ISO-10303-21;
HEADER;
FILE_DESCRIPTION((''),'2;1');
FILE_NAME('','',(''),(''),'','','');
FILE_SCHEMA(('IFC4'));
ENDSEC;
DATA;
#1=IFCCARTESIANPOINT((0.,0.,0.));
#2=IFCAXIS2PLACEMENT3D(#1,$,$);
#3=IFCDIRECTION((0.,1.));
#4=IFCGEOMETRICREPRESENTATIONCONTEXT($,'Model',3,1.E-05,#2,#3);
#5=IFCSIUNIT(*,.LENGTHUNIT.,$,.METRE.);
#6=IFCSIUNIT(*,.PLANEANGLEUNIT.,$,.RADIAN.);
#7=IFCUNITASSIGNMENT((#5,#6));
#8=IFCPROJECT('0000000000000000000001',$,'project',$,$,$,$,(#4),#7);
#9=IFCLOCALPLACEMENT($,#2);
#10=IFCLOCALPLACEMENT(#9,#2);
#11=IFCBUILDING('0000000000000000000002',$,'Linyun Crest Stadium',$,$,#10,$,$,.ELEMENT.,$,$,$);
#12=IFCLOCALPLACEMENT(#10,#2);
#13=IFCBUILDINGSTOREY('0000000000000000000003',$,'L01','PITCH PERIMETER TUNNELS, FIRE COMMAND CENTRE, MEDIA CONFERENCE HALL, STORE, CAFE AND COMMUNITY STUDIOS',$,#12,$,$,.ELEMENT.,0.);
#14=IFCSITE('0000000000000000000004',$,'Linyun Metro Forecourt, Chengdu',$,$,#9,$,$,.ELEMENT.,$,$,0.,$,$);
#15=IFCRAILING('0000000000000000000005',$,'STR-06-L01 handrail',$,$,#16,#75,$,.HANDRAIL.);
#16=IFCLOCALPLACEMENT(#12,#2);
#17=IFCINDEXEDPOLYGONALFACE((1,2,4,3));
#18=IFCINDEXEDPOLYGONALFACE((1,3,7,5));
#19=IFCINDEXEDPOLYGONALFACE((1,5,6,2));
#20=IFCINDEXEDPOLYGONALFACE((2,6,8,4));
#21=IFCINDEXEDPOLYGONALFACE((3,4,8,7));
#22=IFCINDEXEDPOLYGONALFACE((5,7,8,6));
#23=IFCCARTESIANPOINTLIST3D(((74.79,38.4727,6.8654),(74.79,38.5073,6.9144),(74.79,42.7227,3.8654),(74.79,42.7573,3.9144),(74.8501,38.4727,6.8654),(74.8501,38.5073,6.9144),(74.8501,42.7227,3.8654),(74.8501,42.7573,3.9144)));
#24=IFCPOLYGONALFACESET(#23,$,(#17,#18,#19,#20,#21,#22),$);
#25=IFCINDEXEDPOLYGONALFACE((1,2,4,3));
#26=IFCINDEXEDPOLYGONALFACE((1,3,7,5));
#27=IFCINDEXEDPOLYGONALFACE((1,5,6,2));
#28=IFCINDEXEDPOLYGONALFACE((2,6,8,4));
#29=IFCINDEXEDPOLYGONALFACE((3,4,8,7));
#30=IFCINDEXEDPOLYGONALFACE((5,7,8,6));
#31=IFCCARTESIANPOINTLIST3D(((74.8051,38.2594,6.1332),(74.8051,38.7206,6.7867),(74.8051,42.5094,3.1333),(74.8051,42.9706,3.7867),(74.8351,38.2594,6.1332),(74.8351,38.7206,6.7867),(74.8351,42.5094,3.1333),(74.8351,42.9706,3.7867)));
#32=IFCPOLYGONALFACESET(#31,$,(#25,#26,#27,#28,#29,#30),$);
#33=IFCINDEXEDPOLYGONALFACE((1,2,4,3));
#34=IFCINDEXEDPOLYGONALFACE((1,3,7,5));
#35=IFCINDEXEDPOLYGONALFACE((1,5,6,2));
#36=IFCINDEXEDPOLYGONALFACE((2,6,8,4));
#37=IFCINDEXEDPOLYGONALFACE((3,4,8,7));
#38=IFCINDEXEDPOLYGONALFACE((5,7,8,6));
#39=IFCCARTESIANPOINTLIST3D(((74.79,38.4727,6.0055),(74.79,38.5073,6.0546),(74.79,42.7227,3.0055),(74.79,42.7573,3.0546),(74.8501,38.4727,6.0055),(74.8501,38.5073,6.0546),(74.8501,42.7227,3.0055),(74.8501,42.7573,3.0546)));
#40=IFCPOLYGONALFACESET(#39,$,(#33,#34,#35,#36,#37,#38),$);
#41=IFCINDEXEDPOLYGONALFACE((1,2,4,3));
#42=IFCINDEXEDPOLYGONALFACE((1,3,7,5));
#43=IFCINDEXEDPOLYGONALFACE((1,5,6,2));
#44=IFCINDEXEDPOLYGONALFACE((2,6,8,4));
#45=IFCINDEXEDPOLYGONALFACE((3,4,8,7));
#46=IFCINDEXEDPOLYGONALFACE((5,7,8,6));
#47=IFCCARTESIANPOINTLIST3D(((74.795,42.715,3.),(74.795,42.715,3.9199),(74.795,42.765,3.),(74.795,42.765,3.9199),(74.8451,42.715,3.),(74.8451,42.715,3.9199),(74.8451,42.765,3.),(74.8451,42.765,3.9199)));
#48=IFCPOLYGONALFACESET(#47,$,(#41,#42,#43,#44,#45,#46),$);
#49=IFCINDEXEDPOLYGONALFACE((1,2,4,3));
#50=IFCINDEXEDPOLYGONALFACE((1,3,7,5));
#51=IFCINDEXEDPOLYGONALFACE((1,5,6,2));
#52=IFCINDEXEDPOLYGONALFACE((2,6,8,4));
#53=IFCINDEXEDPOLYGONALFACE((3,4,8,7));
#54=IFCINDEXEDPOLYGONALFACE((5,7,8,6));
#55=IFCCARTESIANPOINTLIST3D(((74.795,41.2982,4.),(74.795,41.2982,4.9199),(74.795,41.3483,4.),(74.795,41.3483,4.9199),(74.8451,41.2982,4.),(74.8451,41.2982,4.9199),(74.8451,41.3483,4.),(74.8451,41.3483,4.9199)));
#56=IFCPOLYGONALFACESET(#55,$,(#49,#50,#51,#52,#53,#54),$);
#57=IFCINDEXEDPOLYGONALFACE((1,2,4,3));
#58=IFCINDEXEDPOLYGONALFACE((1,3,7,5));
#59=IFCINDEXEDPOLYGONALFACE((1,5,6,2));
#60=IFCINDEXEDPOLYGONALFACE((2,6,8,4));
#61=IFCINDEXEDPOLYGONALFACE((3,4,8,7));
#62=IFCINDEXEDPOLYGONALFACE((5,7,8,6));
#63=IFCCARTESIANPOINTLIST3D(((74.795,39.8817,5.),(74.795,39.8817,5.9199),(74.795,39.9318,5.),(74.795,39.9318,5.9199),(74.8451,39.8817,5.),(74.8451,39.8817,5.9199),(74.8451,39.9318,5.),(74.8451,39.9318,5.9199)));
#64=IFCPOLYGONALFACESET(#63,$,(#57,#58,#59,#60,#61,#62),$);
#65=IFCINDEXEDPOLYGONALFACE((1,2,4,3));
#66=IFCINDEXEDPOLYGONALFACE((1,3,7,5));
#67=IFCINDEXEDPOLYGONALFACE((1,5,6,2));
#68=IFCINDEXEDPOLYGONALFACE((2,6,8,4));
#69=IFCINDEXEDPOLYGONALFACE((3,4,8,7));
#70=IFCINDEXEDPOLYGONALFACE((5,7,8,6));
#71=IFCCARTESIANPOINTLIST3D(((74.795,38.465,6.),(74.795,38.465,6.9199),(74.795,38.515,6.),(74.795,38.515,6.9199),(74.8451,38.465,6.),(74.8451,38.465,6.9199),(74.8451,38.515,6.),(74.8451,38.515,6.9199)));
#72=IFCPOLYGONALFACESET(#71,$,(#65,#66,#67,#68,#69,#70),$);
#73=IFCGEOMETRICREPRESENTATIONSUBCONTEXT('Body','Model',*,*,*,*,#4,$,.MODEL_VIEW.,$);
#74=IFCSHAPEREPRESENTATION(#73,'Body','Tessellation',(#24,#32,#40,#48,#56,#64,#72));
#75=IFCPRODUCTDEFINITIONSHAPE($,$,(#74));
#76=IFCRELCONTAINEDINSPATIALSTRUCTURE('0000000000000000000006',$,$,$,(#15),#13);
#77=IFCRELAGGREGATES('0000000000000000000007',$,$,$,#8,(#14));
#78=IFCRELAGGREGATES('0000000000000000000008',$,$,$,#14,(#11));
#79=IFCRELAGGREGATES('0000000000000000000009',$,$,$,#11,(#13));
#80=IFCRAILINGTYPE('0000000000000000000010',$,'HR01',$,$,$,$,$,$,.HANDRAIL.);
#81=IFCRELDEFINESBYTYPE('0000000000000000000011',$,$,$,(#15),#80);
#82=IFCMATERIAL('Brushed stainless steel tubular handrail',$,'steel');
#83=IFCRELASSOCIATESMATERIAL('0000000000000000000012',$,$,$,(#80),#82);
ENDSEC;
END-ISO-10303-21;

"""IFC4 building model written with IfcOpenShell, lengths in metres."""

from ifc_helpers import new_model, si_unit, direction, frame, origin, origin_2d, place, context, subcontext, project, spatial, rectangle, extrude, material, type_object, element, save


model = new_model("IFC4")

# Units and contexts
model_context = context("Model", 3, precision=1e-05, world=origin(), true_north=direction((0.0, 1.0)))
body_context = subcontext(model_context, "Body", "Model", "MODEL_VIEW")
ifc_project = project(units=[si_unit("LENGTHUNIT", "METRE"), si_unit("PLANEANGLEUNIT", "RADIAN")], contexts=[model_context])

# Site, building, storey
site_placement = place(None, origin())
site = spatial("IfcSite", under=ifc_project, at=site_placement, Name="Linyun Metro Forecourt, Chengdu", CompositionType="ELEMENT", RefElevation=0.0)
building_placement = place(site_placement, origin())
building = spatial("IfcBuilding", under=site, at=building_placement, Name="Linyun Crest Stadium", CompositionType="ELEMENT")
storey_placement = place(building_placement, origin())
storey = spatial("IfcBuildingStorey", under=building, at=storey_placement, Name="L01", Description="PITCH PERIMETER TUNNELS, FIRE COMMAND CENTRE, MEDIA CONFERENCE HALL, STORE, CAFE AND COMMUNITY STUDIOS", CompositionType="ELEMENT", Elevation=0.0)

# Railing
ifc_material_1 = material(Name="Brushed stainless steel tubular handrail", Category="steel")
railing_type_1 = type_object("IfcRailingType", Name="HR01", PredefinedType="HANDRAIL", material=ifc_material_1)
railing_1_placement = place(storey_placement, frame((74.8201, 42.74, 3.0)))
element("IfcRailing", 1, at=railing_1_placement, inside=storey, type_object=railing_type_1, Name="STR-06-L01 handrail", PredefinedType="HANDRAIL", context=body_context, shape_type="SweptSolid", body=[
    extrude(rectangle(XDim=0.0601, YDim=0.0601, at=origin_2d()), frame((0.0, 0.0, 0.8899), z_axis=(0.0, -0.816968, 0.576683), x_axis=(1.0, 0.0, 0.0)), (0.0, 0.0, 1.0), 5.2021),
    extrude(rectangle(XDim=0.03, YDim=0.7998, at=origin_2d()), frame((0.0, 0.0, 0.46), z_axis=(0.0, -0.816968, 0.576683), x_axis=(1.0, 0.0, 0.0)), (0.0, 0.0, 1.0), 5.2021),
    extrude(rectangle(XDim=0.0601, YDim=0.0601, at=origin_2d()), frame((0.0, 0.0, 0.03), z_axis=(0.0, -0.816968, 0.576683), x_axis=(1.0, 0.0, 0.0)), (0.0, 0.0, 1.0), 5.2021),
    extrude(rectangle(XDim=0.05, YDim=0.05, at=origin_2d()), origin(), (0.0, 0.0, 1.0), 0.9199),
    extrude(rectangle(XDim=0.05, YDim=0.05, at=origin_2d()), frame((0.0, -1.4167, 1.0)), (0.0, 0.0, 1.0), 0.9199),
    extrude(rectangle(XDim=0.05, YDim=0.05, at=origin_2d()), frame((0.0, -2.8333, 2.0)), (0.0, 0.0, 1.0), 0.9199),
    extrude(rectangle(XDim=0.05, YDim=0.05, at=origin_2d()), frame((0.0, -4.25, 3.0)), (0.0, 0.0, 1.0), 0.9199),
])

save(model, "model.ifc")
